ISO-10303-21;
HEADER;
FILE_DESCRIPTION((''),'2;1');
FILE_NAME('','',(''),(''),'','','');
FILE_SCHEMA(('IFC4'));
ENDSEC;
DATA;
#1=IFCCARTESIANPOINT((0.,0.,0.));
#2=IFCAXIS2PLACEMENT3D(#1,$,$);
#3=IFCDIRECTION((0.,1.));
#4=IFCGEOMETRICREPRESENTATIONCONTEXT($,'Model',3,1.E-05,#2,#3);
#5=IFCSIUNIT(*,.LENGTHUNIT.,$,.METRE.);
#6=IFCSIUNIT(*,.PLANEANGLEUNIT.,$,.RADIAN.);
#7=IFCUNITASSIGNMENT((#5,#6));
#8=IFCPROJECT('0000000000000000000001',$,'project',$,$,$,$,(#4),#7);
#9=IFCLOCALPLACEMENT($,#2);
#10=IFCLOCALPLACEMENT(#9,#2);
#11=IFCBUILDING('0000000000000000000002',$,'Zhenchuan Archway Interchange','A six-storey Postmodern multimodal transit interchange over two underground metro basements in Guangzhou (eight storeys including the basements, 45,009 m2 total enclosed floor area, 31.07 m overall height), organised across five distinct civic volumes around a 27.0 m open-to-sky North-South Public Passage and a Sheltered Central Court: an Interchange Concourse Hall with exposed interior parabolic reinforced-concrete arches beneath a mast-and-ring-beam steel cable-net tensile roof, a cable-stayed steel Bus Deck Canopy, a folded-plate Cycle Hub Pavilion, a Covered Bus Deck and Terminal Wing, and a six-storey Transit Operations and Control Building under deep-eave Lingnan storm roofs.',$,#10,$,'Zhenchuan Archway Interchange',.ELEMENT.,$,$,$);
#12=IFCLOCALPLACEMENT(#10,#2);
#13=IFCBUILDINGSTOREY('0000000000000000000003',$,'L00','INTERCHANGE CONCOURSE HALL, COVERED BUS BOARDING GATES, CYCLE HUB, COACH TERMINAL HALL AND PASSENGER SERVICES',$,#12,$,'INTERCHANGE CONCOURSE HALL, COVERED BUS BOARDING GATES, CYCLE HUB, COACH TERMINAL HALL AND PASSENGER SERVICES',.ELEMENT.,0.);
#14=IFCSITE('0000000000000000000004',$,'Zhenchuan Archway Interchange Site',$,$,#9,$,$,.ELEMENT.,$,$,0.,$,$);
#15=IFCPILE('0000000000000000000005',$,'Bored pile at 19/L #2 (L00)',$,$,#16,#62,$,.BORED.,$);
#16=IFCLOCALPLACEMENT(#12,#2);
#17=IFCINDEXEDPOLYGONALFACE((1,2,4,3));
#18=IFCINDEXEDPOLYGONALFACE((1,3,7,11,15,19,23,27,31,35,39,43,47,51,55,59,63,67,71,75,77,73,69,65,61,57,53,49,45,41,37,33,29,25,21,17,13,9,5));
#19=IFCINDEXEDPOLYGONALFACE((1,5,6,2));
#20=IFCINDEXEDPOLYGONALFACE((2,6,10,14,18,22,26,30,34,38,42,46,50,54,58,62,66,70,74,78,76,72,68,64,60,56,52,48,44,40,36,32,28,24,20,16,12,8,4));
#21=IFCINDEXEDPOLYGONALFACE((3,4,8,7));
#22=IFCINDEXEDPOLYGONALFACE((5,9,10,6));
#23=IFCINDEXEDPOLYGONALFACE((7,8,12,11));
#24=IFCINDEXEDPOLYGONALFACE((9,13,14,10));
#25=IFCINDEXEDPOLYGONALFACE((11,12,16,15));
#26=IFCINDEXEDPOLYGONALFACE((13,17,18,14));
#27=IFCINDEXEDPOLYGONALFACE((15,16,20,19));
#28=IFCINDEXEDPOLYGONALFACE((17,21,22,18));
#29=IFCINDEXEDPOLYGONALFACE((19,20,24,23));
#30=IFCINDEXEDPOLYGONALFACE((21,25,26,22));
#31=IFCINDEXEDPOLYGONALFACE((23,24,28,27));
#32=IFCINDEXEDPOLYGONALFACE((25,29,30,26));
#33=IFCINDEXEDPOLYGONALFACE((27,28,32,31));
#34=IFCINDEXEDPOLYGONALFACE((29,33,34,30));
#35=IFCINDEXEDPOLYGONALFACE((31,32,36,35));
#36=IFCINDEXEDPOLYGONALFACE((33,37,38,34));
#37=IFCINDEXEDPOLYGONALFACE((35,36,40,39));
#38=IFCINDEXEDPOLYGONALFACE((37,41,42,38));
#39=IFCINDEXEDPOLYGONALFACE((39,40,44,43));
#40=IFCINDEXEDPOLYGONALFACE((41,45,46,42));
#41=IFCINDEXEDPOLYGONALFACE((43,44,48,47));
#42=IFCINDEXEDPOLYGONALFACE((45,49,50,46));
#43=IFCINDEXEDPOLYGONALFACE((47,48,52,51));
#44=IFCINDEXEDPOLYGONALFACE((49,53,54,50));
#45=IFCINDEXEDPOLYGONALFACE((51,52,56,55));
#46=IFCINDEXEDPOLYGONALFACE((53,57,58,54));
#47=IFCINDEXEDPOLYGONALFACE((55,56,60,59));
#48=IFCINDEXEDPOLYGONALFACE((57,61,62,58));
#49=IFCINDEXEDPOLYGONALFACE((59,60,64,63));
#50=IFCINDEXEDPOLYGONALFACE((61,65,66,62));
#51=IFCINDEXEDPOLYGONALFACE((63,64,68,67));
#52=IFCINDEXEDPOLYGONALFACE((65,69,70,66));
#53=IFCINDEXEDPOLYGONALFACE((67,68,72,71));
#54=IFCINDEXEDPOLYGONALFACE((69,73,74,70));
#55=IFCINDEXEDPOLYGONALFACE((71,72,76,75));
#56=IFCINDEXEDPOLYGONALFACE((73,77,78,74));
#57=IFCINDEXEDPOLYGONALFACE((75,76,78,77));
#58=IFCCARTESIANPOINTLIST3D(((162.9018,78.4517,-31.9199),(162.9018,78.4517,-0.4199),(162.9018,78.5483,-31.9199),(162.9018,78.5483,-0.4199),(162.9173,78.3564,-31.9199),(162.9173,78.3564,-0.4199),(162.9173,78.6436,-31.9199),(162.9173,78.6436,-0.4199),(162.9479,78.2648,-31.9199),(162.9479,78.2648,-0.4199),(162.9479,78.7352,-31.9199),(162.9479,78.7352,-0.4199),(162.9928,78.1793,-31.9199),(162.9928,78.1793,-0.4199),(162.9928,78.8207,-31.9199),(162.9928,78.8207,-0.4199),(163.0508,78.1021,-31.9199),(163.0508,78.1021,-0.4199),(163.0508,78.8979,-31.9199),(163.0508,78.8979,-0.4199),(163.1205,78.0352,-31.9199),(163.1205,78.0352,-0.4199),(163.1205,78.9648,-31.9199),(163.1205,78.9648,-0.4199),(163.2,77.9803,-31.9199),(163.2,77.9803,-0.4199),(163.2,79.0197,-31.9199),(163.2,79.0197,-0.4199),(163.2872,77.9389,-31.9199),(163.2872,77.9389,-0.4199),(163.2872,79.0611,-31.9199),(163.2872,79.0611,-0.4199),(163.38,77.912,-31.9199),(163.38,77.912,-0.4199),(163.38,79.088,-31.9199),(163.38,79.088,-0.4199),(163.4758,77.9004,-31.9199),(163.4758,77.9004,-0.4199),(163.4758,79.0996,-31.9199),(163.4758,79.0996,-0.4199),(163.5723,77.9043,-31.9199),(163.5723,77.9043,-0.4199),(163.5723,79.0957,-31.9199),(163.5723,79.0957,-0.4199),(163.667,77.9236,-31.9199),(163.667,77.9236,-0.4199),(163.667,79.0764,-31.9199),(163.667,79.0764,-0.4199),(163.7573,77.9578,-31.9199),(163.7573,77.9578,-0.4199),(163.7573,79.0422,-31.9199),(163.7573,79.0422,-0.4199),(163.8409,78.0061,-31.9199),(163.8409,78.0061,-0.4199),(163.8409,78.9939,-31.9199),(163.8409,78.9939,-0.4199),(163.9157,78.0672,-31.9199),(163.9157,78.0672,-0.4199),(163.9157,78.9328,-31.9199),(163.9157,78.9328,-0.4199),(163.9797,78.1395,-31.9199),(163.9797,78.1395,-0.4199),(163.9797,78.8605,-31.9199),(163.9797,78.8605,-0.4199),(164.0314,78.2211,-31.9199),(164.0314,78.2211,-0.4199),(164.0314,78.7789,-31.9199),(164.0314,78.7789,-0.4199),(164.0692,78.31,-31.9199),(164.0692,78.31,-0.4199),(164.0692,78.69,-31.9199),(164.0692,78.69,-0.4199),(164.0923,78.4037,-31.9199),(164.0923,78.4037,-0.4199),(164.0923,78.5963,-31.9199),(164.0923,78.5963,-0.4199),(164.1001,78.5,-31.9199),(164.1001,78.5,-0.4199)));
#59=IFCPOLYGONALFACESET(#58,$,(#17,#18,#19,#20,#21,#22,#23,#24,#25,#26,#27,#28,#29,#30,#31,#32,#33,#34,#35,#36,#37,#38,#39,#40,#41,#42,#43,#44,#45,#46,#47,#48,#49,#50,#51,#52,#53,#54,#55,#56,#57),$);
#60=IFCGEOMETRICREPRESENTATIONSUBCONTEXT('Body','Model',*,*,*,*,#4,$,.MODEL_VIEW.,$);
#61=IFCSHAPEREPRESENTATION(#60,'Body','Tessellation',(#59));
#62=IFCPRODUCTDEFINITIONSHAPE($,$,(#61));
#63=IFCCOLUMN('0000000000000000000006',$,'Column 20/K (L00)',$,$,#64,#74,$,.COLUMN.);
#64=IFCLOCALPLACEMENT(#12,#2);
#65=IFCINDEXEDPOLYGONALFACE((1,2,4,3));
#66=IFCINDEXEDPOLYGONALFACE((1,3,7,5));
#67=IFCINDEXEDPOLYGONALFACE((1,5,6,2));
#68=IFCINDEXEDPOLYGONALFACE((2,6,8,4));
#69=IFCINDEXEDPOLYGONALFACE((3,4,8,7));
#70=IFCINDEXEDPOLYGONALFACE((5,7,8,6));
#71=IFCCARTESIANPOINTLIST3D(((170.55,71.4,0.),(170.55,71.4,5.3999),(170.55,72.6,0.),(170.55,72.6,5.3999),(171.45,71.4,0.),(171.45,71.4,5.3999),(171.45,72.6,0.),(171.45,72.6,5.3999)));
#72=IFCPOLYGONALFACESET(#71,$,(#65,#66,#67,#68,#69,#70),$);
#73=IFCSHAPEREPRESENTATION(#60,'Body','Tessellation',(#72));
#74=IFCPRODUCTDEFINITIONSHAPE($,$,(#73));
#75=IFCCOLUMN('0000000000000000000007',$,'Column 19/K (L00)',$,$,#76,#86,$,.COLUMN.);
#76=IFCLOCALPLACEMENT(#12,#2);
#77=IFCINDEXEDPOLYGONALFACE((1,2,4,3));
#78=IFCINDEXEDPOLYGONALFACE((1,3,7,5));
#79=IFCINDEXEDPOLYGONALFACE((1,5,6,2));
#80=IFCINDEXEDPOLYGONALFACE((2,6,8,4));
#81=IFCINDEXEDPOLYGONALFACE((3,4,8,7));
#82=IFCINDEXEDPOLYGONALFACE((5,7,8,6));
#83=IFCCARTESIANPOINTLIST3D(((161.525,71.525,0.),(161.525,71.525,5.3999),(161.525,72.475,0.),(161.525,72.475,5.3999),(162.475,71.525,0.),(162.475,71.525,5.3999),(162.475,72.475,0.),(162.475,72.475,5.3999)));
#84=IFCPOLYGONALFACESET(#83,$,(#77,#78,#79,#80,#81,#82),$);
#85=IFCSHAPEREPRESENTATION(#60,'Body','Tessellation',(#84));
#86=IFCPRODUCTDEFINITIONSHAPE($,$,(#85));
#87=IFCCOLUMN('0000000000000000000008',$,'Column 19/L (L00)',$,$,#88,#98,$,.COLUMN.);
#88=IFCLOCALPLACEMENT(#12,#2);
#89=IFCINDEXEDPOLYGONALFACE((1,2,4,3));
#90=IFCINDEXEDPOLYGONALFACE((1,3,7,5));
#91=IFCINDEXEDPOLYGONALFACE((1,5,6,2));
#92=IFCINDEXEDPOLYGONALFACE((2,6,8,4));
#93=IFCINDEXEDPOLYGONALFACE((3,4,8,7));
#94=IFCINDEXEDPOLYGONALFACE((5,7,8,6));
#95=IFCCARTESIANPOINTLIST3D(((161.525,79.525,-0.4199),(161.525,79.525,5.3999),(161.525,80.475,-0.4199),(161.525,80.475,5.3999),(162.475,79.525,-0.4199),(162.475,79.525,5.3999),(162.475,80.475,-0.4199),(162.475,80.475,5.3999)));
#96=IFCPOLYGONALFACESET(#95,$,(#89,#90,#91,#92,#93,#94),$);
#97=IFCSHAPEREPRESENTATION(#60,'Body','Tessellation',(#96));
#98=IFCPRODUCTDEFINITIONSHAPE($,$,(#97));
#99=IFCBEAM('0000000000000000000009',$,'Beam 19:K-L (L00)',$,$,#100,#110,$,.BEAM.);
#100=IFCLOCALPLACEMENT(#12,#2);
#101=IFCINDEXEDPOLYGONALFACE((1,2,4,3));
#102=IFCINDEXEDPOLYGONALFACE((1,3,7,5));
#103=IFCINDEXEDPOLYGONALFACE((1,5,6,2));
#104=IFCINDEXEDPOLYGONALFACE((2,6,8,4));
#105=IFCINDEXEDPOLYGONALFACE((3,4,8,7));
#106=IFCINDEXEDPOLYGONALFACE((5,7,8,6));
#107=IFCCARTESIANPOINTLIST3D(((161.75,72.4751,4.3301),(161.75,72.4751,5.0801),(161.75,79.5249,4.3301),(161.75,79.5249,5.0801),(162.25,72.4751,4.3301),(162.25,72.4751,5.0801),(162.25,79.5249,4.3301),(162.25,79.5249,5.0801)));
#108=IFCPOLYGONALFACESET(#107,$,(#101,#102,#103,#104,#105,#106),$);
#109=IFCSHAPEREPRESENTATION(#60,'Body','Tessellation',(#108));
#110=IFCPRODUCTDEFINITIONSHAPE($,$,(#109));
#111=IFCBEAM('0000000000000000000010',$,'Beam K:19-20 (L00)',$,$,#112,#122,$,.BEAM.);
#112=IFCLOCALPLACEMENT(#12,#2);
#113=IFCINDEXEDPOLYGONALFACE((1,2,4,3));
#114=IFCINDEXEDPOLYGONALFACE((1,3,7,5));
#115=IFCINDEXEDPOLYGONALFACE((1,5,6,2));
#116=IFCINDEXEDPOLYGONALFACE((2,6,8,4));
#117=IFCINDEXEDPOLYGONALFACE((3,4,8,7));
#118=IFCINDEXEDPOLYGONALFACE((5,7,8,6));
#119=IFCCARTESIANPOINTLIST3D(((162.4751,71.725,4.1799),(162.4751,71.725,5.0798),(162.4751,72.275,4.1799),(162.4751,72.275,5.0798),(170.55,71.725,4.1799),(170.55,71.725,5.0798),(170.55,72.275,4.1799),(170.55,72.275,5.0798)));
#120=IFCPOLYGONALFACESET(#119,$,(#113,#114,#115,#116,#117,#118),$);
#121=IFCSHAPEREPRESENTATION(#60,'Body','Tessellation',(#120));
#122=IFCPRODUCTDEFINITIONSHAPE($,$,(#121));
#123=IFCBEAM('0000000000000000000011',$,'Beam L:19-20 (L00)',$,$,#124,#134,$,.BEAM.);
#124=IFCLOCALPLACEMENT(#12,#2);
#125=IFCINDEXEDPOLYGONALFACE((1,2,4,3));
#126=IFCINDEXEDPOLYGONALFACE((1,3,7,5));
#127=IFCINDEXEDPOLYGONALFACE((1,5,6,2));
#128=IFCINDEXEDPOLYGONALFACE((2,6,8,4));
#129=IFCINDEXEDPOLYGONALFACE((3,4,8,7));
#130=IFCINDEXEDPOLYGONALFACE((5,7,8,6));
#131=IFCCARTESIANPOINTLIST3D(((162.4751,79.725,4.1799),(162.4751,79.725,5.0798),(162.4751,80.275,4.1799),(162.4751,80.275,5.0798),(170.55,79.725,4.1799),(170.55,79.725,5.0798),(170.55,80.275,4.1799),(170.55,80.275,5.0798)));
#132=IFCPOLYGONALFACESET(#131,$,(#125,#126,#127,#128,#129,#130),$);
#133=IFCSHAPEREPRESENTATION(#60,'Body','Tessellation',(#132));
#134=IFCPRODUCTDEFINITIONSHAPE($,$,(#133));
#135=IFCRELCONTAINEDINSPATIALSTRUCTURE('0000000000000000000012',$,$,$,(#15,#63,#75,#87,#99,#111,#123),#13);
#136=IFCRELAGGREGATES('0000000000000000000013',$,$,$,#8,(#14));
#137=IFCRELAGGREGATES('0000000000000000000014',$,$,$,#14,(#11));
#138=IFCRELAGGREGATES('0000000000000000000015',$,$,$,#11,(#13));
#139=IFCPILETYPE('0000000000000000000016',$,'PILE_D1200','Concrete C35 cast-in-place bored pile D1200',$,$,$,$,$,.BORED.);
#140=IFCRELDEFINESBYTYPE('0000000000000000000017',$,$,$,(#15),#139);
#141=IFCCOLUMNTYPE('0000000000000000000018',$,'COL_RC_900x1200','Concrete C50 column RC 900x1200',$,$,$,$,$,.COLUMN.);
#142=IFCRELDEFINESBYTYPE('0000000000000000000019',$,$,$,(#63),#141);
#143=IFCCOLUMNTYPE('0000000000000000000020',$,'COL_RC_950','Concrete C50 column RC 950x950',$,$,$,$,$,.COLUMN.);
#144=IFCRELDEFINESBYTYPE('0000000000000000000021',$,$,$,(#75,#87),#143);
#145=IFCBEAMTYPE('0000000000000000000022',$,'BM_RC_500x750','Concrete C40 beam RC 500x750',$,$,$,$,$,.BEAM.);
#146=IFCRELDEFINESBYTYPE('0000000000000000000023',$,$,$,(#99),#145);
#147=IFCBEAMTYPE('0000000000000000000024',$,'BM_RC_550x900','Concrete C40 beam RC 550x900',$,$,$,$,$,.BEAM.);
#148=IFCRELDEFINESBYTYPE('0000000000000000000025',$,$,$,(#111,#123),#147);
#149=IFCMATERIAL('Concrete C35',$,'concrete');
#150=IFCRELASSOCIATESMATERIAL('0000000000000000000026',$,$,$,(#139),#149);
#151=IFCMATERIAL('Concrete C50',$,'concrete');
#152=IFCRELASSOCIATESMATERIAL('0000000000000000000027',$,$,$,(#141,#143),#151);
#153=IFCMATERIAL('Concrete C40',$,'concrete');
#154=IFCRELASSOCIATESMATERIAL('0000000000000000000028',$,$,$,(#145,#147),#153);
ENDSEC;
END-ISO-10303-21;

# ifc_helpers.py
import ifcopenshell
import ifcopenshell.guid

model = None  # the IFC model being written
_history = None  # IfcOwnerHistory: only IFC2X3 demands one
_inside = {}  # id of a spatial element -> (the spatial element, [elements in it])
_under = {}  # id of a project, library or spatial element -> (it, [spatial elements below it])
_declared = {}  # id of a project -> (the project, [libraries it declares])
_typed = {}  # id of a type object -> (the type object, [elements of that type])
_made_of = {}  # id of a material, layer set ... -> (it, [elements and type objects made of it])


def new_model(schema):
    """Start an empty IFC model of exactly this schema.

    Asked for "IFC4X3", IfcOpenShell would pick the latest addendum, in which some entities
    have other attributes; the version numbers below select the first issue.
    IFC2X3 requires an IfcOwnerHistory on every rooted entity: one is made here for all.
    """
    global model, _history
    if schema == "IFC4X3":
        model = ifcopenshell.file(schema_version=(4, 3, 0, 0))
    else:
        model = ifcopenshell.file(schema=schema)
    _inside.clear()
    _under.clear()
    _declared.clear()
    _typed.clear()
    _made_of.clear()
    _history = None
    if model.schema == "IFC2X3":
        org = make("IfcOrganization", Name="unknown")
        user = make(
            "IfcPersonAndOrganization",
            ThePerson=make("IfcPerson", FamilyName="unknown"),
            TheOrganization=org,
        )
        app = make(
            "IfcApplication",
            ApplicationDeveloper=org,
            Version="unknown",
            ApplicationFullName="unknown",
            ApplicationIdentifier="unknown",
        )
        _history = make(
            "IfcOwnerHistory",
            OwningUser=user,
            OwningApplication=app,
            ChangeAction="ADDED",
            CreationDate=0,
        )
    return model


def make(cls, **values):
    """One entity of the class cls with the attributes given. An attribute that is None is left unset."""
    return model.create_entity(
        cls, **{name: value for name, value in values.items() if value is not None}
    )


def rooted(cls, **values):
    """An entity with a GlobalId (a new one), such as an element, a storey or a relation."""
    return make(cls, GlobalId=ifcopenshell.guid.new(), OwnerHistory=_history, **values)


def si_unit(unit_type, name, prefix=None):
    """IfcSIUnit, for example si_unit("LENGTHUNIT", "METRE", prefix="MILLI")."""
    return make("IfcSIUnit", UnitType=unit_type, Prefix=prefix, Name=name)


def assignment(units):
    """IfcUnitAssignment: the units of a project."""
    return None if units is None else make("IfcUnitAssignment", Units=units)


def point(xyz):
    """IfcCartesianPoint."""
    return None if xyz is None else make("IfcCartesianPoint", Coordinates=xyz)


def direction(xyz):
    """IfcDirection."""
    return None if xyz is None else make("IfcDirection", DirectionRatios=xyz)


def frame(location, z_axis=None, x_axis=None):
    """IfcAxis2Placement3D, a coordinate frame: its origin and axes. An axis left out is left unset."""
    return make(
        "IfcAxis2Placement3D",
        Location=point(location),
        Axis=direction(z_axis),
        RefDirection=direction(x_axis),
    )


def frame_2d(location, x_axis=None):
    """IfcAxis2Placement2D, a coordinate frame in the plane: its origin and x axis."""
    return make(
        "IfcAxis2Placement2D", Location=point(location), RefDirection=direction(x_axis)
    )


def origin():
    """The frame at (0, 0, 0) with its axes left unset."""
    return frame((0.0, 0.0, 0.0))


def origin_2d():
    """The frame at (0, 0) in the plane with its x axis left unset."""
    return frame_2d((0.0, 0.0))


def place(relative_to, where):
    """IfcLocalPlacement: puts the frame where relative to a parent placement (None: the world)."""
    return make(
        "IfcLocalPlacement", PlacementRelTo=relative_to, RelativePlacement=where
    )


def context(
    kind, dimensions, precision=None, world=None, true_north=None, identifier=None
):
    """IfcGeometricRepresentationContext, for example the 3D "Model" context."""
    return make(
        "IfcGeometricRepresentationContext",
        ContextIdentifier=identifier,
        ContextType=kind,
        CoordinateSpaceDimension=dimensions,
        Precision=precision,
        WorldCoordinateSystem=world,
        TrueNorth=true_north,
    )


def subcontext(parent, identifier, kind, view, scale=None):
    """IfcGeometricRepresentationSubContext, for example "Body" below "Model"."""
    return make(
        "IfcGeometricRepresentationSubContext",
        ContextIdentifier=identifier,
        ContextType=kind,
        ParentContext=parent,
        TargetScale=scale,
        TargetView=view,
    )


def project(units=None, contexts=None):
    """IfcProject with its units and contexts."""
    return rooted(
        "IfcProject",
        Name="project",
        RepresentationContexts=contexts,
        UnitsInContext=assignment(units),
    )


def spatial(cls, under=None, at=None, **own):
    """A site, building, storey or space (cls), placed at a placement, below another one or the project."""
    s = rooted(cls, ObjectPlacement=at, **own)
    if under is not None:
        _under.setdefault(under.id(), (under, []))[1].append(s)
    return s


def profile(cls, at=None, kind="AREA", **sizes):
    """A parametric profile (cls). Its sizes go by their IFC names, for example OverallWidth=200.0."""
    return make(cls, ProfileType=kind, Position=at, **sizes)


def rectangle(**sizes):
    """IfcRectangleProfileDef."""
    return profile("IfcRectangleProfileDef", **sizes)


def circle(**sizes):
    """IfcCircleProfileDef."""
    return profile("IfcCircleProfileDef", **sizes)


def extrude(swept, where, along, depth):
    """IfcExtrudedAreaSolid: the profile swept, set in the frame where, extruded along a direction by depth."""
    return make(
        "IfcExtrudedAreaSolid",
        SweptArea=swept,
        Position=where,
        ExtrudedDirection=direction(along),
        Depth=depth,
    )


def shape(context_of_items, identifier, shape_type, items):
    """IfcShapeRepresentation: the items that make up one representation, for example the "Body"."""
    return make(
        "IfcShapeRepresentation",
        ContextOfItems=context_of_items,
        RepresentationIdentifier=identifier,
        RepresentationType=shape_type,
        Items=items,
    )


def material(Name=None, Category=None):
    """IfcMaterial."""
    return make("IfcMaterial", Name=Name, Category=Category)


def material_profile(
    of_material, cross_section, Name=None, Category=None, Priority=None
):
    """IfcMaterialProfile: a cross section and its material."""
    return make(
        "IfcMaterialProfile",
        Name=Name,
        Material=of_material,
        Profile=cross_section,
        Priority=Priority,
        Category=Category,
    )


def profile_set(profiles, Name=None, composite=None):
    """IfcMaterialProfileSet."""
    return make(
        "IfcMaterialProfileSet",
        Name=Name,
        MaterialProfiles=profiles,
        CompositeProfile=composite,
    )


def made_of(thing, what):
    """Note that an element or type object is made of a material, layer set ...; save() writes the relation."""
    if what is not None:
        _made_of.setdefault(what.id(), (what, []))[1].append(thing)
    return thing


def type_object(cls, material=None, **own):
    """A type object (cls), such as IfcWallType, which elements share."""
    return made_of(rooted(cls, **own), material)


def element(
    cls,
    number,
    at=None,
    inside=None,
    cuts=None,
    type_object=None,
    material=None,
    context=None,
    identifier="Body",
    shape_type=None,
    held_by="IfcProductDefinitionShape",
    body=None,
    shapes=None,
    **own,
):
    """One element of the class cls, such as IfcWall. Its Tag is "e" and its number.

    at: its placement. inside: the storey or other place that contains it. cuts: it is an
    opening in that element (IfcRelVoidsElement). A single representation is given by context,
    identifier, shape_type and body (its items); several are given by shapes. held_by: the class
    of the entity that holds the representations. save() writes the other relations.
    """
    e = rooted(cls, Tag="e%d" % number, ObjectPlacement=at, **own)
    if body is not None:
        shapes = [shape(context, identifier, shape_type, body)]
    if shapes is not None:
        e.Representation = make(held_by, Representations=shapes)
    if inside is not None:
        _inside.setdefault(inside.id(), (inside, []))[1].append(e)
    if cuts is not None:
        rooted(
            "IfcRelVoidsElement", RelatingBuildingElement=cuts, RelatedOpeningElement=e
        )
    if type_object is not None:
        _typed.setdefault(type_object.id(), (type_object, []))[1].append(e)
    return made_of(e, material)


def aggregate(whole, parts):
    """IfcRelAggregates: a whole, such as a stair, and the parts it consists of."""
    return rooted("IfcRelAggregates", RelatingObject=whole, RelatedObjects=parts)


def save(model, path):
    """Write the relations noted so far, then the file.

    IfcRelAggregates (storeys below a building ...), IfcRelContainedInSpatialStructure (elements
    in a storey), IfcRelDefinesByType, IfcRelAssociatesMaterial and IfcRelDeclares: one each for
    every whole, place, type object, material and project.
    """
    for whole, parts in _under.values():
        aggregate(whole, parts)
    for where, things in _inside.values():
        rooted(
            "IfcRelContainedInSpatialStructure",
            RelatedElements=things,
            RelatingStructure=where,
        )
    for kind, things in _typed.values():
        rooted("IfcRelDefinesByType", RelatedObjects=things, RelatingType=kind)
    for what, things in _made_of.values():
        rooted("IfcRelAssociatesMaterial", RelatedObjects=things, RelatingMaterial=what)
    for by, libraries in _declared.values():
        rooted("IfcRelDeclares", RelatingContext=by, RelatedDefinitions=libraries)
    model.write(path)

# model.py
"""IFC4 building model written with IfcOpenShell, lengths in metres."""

from ifc_helpers import new_model, si_unit, direction, frame, origin, origin_2d, place, context, subcontext, project, spatial, rectangle, circle, extrude, material, material_profile, profile_set, type_object, element, save


model = new_model("IFC4")

# Units and contexts
model_context = context("Model", 3, precision=1e-05, world=origin(), true_north=direction((0.0, 1.0)))
body_context = subcontext(model_context, "Body", "Model", "MODEL_VIEW")
ifc_project = project(units=[si_unit("LENGTHUNIT", "METRE"), si_unit("PLANEANGLEUNIT", "RADIAN")], contexts=[model_context])

# Site, building, storey
site_placement = place(None, origin())
site = spatial("IfcSite", under=ifc_project, at=site_placement, Name="Zhenchuan Archway Interchange Site", CompositionType="ELEMENT", RefElevation=0.0)
building_placement = place(site_placement, origin())
building = spatial("IfcBuilding", under=site, at=building_placement, Name="Zhenchuan Archway Interchange", Description="A six-storey Postmodern multimodal transit interchange over two underground metro basements in Guangzhou (eight storeys including the basements, 45,009 m2 total enclosed floor area, 31.07 m overall height), organised across five distinct civic volumes around a 27.0 m open-to-sky North-South Public Passage and a Sheltered Central Court: an Interchange Concourse Hall with exposed interior parabolic reinforced-concrete arches beneath a mast-and-ring-beam steel cable-net tensile roof, a cable-stayed steel Bus Deck Canopy, a folded-plate Cycle Hub Pavilion, a Covered Bus Deck and Terminal Wing, and a six-storey Transit Operations and Control Building under deep-eave Lingnan storm roofs.", LongName="Zhenchuan Archway Interchange", CompositionType="ELEMENT")
storey_placement = place(building_placement, origin())
storey = spatial("IfcBuildingStorey", under=building, at=storey_placement, Name="L00", Description="INTERCHANGE CONCOURSE HALL, COVERED BUS BOARDING GATES, CYCLE HUB, COACH TERMINAL HALL AND PASSENGER SERVICES", LongName="INTERCHANGE CONCOURSE HALL, COVERED BUS BOARDING GATES, CYCLE HUB, COACH TERMINAL HALL AND PASSENGER SERVICES", CompositionType="ELEMENT", Elevation=0.0)

# Shared definitions
ifc_material_1 = material(Name="Concrete C40", Category="concrete")

# Pile
ifc_material_2 = material(Name="Concrete C35", Category="concrete")
ifc_material_profile_1 = material_profile(ifc_material_2, circle(Radius=0.6001, at=origin_2d()), Name="BORED PILE 1200")
ifc_profile_set_1 = profile_set([ifc_material_profile_1], Name="Concrete C35")
pile_type_1 = type_object("IfcPileType", Name="PILE_D1200", Description="Concrete C35 cast-in-place bored pile D1200", PredefinedType="BORED", material=ifc_profile_set_1)
for number, where, z_axis, x_axis, name in (
    (1, (163.5, 78.5, -0.4199), (0.0, 0.0, -1.0), (1.0, 0.0, 0.0), "Bored pile at 19/L #2 (L00)"),
):
    element("IfcPile", number, at=place(storey_placement, frame(where, z_axis=z_axis, x_axis=x_axis)), inside=storey, type_object=pile_type_1, Name=name, PredefinedType="BORED", context=body_context, shape_type="SweptSolid", body=[
        extrude(circle(Radius=0.6001, at=origin_2d()), origin(), (0.0, 0.0, 1.0), 31.5),
    ])

# Columns
ifc_material_3 = material(Name="Concrete C50", Category="concrete")
ifc_material_profile_2 = material_profile(ifc_material_3, rectangle(XDim=0.8999, YDim=1.2, at=origin_2d()), Name="RC 900x1200")
ifc_profile_set_2 = profile_set([ifc_material_profile_2], Name="Concrete C50")
column_type_1 = type_object("IfcColumnType", Name="COL_RC_900x1200", Description="Concrete C50 column RC 900x1200", PredefinedType="COLUMN", material=ifc_profile_set_2)
column_1_placement = place(storey_placement, frame((171.0, 72.0, 0.0), z_axis=(0.0, 0.0, 1.0), x_axis=(1.0, 0.0, 0.0)))
element("IfcColumn", 2, at=column_1_placement, inside=storey, type_object=column_type_1, Name="Column 20/K (L00)", PredefinedType="COLUMN", context=body_context, shape_type="SweptSolid", body=[
    extrude(rectangle(XDim=0.8999, YDim=1.2, at=origin_2d()), origin(), (0.0, 0.0, 1.0), 5.3999),
])
ifc_material_profile_3 = material_profile(ifc_material_3, rectangle(XDim=0.95, YDim=0.95, at=origin_2d()), Name="RC 950x950")
ifc_profile_set_3 = profile_set([ifc_material_profile_3], Name="Concrete C50")
column_type_2 = type_object("IfcColumnType", Name="COL_RC_950", Description="Concrete C50 column RC 950x950", PredefinedType="COLUMN", material=ifc_profile_set_3)
column_2_placement = place(storey_placement, frame((162.0, 72.0, 0.0), z_axis=(0.0, 0.0, 1.0), x_axis=(1.0, 0.0, 0.0)))
element("IfcColumn", 3, at=column_2_placement, inside=storey, type_object=column_type_2, Name="Column 19/K (L00)", PredefinedType="COLUMN", context=body_context, shape_type="SweptSolid", body=[
    extrude(rectangle(XDim=0.95, YDim=0.95, at=origin_2d()), origin(), (0.0, 0.0, 1.0), 5.3999),
])
column_3_placement = place(storey_placement, frame((162.0, 80.0, -0.4199), z_axis=(0.0, 0.0, 1.0), x_axis=(1.0, 0.0, 0.0)))
element("IfcColumn", 4, at=column_3_placement, inside=storey, type_object=column_type_2, Name="Column 19/L (L00)", PredefinedType="COLUMN", context=body_context, shape_type="SweptSolid", body=[
    extrude(rectangle(XDim=0.95, YDim=0.95, at=origin_2d()), origin(), (0.0, 0.0, 1.0), 5.8198),
])

# Beams
ifc_material_profile_4 = material_profile(ifc_material_1, rectangle(XDim=0.5, YDim=0.75, at=origin_2d()), Name="RC 500x750")
ifc_profile_set_4 = profile_set([ifc_material_profile_4], Name="Concrete C40")
beam_type_1 = type_object("IfcBeamType", Name="BM_RC_500x750", Description="Concrete C40 beam RC 500x750", PredefinedType="BEAM", material=ifc_profile_set_4)
beam_1_placement = place(storey_placement, frame((162.0, 72.4751, 4.7051), z_axis=(0.0, 1.0, 0.0), x_axis=(-1.0, 0.0, 0.0)))
element("IfcBeam", 5, at=beam_1_placement, inside=storey, type_object=beam_type_1, Name="Beam 19:K-L (L00)", PredefinedType="BEAM", context=body_context, shape_type="SweptSolid", body=[
    extrude(rectangle(XDim=0.5, YDim=0.75, at=origin_2d()), origin(), (0.0, 0.0, 1.0), 7.0498),
])
ifc_material_profile_5 = material_profile(ifc_material_1, rectangle(XDim=0.55, YDim=0.8999, at=origin_2d()), Name="RC 550x900")
ifc_profile_set_5 = profile_set([ifc_material_profile_5], Name="Concrete C40")
beam_type_2 = type_object("IfcBeamType", Name="BM_RC_550x900", Description="Concrete C40 beam RC 550x900", PredefinedType="BEAM", material=ifc_profile_set_5)
for number, where, z_axis, x_axis, name in (
    (6, (162.4751, 72.0, 4.6299), (1.0, 0.0, 0.0), (0.0, 1.0, 0.0), "Beam K:19-20 (L00)"),
    (7, (162.4751, 80.0, 4.6299), (1.0, 0.0, 0.0), (0.0, 1.0, 0.0), "Beam L:19-20 (L00)"),
):
    element("IfcBeam", number, at=place(storey_placement, frame(where, z_axis=z_axis, x_axis=x_axis)), inside=storey, type_object=beam_type_2, Name=name, PredefinedType="BEAM", context=body_context, shape_type="SweptSolid", body=[
        extrude(rectangle(XDim=0.55, YDim=0.8999, at=origin_2d()), origin(), (0.0, 0.0, 1.0), 8.075),
    ])

save(model, "model.ifc")
